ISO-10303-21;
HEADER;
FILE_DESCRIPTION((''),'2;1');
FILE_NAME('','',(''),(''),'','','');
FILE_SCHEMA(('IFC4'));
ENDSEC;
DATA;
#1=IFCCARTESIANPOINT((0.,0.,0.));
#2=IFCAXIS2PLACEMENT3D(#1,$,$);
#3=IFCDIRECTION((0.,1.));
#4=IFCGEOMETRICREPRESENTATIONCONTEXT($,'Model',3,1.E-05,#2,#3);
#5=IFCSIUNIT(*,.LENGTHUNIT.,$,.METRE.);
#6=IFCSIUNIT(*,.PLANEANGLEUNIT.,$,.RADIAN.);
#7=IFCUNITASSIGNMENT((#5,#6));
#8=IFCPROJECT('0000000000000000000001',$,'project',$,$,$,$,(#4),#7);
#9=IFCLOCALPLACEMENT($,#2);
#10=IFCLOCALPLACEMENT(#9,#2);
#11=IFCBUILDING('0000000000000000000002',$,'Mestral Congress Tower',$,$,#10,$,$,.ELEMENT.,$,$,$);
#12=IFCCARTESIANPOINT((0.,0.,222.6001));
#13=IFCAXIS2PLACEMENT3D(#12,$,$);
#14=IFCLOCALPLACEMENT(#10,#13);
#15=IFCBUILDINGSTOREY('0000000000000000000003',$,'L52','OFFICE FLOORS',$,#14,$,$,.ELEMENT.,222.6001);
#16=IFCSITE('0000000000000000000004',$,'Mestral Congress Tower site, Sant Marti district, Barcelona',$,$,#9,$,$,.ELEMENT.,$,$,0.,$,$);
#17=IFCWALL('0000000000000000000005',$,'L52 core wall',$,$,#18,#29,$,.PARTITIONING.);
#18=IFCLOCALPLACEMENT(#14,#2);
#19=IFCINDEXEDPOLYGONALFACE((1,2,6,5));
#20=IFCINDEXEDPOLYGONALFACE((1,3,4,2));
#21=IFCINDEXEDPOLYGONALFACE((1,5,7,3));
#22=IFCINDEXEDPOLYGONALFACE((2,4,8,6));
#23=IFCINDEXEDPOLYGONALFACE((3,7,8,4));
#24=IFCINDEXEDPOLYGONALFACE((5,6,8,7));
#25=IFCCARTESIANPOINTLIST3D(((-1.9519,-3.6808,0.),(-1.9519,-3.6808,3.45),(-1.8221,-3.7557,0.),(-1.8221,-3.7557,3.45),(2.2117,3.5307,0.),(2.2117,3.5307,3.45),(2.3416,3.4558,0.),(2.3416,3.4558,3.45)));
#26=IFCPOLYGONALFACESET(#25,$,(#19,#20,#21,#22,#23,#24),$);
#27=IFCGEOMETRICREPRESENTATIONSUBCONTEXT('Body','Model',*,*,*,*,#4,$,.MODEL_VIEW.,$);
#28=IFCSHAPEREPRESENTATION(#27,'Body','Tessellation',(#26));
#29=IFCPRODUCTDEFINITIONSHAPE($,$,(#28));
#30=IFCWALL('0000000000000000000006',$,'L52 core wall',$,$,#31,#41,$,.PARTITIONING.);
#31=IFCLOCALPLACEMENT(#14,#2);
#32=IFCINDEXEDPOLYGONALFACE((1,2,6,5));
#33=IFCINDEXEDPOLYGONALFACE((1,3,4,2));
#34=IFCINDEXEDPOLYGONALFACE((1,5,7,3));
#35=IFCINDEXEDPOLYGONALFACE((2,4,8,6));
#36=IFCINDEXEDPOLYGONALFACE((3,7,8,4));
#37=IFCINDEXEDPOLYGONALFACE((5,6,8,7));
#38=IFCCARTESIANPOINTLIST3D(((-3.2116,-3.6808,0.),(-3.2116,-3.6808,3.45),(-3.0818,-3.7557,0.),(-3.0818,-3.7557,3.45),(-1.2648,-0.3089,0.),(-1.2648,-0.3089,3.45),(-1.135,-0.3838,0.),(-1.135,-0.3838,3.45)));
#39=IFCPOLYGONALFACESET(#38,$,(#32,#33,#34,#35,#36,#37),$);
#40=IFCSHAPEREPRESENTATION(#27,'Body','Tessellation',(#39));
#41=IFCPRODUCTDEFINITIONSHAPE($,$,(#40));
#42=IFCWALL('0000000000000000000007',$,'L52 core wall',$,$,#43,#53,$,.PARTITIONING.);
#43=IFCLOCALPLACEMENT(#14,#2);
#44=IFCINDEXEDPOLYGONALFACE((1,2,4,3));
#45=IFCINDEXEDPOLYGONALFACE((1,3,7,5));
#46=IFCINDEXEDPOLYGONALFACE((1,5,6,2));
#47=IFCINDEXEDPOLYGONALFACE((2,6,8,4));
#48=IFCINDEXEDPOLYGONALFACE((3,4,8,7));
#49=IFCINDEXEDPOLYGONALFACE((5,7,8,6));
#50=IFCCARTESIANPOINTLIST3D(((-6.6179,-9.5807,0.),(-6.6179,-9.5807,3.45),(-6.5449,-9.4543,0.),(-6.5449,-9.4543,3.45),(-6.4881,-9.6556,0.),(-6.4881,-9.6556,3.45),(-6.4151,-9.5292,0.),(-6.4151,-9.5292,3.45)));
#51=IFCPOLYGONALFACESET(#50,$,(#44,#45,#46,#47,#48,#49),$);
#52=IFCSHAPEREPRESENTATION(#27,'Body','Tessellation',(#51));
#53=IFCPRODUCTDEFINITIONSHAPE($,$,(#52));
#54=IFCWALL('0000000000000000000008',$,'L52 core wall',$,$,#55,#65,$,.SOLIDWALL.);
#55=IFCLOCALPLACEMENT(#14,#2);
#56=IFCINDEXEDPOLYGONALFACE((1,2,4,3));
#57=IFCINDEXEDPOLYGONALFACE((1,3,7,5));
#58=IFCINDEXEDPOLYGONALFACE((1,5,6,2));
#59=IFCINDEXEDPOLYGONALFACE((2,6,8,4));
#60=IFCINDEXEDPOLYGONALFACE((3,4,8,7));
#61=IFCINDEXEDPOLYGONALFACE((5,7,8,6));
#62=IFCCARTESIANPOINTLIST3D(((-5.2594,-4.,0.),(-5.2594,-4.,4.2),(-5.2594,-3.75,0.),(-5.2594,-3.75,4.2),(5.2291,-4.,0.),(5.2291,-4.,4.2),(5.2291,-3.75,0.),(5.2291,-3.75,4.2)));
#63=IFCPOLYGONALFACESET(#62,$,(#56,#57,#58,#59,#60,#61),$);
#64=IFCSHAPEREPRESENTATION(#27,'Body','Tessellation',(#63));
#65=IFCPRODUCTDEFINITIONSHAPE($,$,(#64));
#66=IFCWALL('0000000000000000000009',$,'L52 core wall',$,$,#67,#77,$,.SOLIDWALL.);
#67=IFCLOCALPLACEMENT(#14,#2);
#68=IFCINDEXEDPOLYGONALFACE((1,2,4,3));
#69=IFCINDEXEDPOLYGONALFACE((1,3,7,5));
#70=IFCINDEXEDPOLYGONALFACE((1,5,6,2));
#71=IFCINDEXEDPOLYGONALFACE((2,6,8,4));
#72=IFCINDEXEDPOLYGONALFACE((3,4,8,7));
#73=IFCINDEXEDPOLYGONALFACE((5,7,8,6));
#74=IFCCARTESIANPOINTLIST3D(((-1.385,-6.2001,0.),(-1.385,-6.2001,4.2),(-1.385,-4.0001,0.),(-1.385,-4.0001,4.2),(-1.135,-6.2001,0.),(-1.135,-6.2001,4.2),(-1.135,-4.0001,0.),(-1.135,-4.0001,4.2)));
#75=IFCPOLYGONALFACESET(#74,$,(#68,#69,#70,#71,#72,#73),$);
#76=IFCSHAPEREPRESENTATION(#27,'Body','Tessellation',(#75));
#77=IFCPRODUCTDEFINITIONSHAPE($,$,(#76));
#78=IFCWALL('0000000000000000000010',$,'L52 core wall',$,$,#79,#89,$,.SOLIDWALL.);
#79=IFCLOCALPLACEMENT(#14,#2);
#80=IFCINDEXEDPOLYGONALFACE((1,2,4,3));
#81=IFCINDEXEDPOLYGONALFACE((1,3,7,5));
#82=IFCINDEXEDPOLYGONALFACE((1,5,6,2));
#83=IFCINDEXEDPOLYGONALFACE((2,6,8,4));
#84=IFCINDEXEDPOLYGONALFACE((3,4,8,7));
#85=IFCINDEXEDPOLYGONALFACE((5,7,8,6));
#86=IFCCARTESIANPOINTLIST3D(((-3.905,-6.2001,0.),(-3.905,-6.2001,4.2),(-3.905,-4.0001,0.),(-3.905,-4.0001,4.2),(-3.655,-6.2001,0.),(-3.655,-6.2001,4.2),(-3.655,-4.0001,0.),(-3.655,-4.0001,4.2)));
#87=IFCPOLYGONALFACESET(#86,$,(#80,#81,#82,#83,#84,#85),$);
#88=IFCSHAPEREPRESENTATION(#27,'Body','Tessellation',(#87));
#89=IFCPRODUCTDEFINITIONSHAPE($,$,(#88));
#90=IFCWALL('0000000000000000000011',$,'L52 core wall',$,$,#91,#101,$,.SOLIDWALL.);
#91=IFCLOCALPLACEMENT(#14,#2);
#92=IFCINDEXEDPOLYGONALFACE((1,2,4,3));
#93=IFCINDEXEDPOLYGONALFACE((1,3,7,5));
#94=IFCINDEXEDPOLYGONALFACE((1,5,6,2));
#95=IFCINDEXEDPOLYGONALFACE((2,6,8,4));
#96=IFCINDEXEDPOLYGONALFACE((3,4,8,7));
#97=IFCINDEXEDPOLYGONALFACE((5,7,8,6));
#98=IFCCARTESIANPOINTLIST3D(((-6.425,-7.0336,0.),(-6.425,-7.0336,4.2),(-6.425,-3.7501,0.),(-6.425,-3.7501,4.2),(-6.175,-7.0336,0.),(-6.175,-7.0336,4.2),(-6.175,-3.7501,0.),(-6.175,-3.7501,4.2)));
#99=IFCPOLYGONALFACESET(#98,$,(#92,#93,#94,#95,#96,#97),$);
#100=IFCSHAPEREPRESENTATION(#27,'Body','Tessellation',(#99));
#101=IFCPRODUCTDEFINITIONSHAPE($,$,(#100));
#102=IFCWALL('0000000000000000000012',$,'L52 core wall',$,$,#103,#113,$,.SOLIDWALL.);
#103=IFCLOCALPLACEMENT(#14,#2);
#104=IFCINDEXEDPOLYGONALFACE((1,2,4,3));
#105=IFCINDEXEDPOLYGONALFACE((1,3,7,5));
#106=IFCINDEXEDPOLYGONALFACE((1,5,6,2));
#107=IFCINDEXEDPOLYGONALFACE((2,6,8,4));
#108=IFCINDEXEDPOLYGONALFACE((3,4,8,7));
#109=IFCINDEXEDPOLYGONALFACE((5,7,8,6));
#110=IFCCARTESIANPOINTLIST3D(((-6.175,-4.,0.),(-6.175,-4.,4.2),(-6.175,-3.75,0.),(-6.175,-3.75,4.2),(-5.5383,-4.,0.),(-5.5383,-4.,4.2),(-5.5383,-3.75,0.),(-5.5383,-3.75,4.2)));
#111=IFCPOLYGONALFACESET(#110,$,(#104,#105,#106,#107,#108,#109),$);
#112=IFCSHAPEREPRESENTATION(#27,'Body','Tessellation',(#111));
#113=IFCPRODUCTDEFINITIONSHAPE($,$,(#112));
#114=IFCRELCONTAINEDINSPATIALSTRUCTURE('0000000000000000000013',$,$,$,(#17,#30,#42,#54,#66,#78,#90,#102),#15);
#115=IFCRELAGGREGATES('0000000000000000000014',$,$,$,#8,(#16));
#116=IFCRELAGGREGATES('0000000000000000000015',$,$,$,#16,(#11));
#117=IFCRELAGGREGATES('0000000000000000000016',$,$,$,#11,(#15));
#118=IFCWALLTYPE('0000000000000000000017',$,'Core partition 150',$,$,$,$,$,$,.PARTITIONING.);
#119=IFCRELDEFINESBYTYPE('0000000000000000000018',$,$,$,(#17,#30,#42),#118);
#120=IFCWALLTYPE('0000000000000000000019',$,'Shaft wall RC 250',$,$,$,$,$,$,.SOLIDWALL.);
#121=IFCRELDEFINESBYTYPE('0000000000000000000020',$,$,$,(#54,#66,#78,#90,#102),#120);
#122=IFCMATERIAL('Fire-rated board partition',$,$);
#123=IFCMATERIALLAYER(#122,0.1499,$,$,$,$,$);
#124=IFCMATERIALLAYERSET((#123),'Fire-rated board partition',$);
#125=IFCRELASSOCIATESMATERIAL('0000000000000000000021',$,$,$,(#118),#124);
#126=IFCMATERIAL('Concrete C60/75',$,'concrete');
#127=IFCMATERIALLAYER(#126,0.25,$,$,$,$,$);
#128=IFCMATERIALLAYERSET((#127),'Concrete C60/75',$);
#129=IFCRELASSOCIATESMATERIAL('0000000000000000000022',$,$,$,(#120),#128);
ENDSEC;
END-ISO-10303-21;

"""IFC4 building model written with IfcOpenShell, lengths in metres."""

from ifc_helpers import new_model, si_unit, direction, frame, frame_2d, origin, place, context, subcontext, project, spatial, rectangle, extrude, material, layer, layer_set, type_object, element, save


model = new_model("IFC4")

# Units and contexts
model_context = context("Model", 3, precision=1e-05, world=origin(), true_north=direction((0.0, 1.0)))
body_context = subcontext(model_context, "Body", "Model", "MODEL_VIEW")
ifc_project = project(units=[si_unit("LENGTHUNIT", "METRE"), si_unit("PLANEANGLEUNIT", "RADIAN")], contexts=[model_context])

# Site, building, storey
site_placement = place(None, origin())
site = spatial("IfcSite", under=ifc_project, at=site_placement, Name="Mestral Congress Tower site, Sant Marti district, Barcelona", CompositionType="ELEMENT", RefElevation=0.0)
building_placement = place(site_placement, origin())
building = spatial("IfcBuilding", under=site, at=building_placement, Name="Mestral Congress Tower", CompositionType="ELEMENT")
storey_placement = place(building_placement, frame((0.0, 0.0, 222.6001)))
storey = spatial("IfcBuildingStorey", under=building, at=storey_placement, Name="L52", Description="OFFICE FLOORS", CompositionType="ELEMENT", Elevation=222.6001)

# Walls
ifc_material_1 = material(Name="Fire-rated board partition")
ifc_layer_1 = layer(ifc_material_1, 0.1499)
ifc_layer_set_1 = layer_set([ifc_layer_1], Name="Fire-rated board partition")
wall_type_1 = type_object("IfcWallType", Name="Core partition 150", PredefinedType="PARTITIONING", material=ifc_layer_set_1)
wall_1_placement = place(storey_placement, frame((-1.887, -3.7183, 0.0), z_axis=(0.0, 0.0, 1.0), x_axis=(0.500005, 0.866023, 0.0)))
element("IfcWall", 1, at=wall_1_placement, inside=storey, type_object=wall_type_1, Name="L52 core wall", PredefinedType="PARTITIONING", context=body_context, shape_type="SweptSolid", body=[
    extrude(rectangle(XDim=8.3271, YDim=0.1499, at=frame_2d((4.1636, 0.0))), origin(), (0.0, 0.0, 1.0), 3.45),
])
wall_2_placement = place(storey_placement, frame((-3.1467, -3.7183, 0.0), z_axis=(0.0, 0.0, 1.0), x_axis=(0.50001, 0.86602, 0.0)))
element("IfcWall", 2, at=wall_2_placement, inside=storey, type_object=wall_type_1, Name="L52 core wall", PredefinedType="PARTITIONING", context=body_context, shape_type="SweptSolid", body=[
    extrude(rectangle(XDim=3.8936, YDim=0.1499, at=frame_2d((1.9468, 0.0))), origin(), (0.0, 0.0, 1.0), 3.45),
])
wall_3_placement = place(storey_placement, frame((-6.553, -9.6182, 0.0), z_axis=(0.0, 0.0, 1.0), x_axis=(0.499915, 0.866074, 0.0)))
element("IfcWall", 3, at=wall_3_placement, inside=storey, type_object=wall_type_1, Name="L52 core wall", PredefinedType="PARTITIONING", context=body_context, shape_type="SweptSolid", body=[
    extrude(rectangle(XDim=0.146, YDim=0.1499, at=frame_2d((0.073, 0.0))), origin(), (0.0, 0.0, 1.0), 3.45),
])
ifc_material_2 = material(Name="Concrete C60/75", Category="concrete")
ifc_layer_2 = layer(ifc_material_2, 0.25)
ifc_layer_set_2 = layer_set([ifc_layer_2], Name="Concrete C60/75")
wall_type_2 = type_object("IfcWallType", Name="Shaft wall RC 250", PredefinedType="SOLIDWALL", material=ifc_layer_set_2)
wall_4_placement = place(storey_placement, frame((-5.2593, -3.875, 0.0), z_axis=(0.0, 0.0, 1.0), x_axis=(1.0, 0.0, 0.0)))
element("IfcWall", 4, at=wall_4_placement, inside=storey, type_object=wall_type_2, Name="L52 core wall", PredefinedType="SOLIDWALL", context=body_context, shape_type="SweptSolid", body=[
    extrude(rectangle(XDim=10.4885, YDim=0.25, at=frame_2d((5.2441, 0.0))), origin(), (0.0, 0.0, 1.0), 4.2),
])
for number, where, z_axis, x_axis, name in (
    (5, (-1.26, -4.0, 0.0), (0.0, 0.0, 1.0), (0.0, -1.0, 0.0), "L52 core wall"),
    (6, (-3.78, -4.0, 0.0), (0.0, 0.0, 1.0), (0.0, -1.0, 0.0), "L52 core wall"),
):
    element("IfcWall", number, at=place(storey_placement, frame(where, z_axis=z_axis, x_axis=x_axis)), inside=storey, type_object=wall_type_2, Name=name, PredefinedType="SOLIDWALL", context=body_context, shape_type="SweptSolid", body=[
        extrude(rectangle(XDim=2.2, YDim=0.25, at=frame_2d((1.1001, 0.0))), origin(), (0.0, 0.0, 1.0), 4.2),
    ])
wall_5_placement = place(storey_placement, frame((-6.3, -7.0334, 0.0), z_axis=(0.0, 0.0, 1.0), x_axis=(0.0, 1.0, 0.0)))
element("IfcWall", 7, at=wall_5_placement, inside=storey, type_object=wall_type_2, Name="L52 core wall", PredefinedType="SOLIDWALL", context=body_context, shape_type="SweptSolid", body=[
    extrude(rectangle(XDim=3.2834, YDim=0.25, at=frame_2d((1.6416, 0.0))), origin(), (0.0, 0.0, 1.0), 4.2),
])
wall_6_placement = place(storey_placement, frame((-6.175, -3.875, 0.0), z_axis=(0.0, 0.0, 1.0), x_axis=(1.0, 0.0, 0.0)))
element("IfcWall", 8, at=wall_6_placement, inside=storey, type_object=wall_type_2, Name="L52 core wall", PredefinedType="SOLIDWALL", context=body_context, shape_type="SweptSolid", body=[
    extrude(rectangle(XDim=0.6367, YDim=0.25, at=frame_2d((0.3184, 0.0))), origin(), (0.0, 0.0, 1.0), 4.2),
])

save(model, "model.ifc")
